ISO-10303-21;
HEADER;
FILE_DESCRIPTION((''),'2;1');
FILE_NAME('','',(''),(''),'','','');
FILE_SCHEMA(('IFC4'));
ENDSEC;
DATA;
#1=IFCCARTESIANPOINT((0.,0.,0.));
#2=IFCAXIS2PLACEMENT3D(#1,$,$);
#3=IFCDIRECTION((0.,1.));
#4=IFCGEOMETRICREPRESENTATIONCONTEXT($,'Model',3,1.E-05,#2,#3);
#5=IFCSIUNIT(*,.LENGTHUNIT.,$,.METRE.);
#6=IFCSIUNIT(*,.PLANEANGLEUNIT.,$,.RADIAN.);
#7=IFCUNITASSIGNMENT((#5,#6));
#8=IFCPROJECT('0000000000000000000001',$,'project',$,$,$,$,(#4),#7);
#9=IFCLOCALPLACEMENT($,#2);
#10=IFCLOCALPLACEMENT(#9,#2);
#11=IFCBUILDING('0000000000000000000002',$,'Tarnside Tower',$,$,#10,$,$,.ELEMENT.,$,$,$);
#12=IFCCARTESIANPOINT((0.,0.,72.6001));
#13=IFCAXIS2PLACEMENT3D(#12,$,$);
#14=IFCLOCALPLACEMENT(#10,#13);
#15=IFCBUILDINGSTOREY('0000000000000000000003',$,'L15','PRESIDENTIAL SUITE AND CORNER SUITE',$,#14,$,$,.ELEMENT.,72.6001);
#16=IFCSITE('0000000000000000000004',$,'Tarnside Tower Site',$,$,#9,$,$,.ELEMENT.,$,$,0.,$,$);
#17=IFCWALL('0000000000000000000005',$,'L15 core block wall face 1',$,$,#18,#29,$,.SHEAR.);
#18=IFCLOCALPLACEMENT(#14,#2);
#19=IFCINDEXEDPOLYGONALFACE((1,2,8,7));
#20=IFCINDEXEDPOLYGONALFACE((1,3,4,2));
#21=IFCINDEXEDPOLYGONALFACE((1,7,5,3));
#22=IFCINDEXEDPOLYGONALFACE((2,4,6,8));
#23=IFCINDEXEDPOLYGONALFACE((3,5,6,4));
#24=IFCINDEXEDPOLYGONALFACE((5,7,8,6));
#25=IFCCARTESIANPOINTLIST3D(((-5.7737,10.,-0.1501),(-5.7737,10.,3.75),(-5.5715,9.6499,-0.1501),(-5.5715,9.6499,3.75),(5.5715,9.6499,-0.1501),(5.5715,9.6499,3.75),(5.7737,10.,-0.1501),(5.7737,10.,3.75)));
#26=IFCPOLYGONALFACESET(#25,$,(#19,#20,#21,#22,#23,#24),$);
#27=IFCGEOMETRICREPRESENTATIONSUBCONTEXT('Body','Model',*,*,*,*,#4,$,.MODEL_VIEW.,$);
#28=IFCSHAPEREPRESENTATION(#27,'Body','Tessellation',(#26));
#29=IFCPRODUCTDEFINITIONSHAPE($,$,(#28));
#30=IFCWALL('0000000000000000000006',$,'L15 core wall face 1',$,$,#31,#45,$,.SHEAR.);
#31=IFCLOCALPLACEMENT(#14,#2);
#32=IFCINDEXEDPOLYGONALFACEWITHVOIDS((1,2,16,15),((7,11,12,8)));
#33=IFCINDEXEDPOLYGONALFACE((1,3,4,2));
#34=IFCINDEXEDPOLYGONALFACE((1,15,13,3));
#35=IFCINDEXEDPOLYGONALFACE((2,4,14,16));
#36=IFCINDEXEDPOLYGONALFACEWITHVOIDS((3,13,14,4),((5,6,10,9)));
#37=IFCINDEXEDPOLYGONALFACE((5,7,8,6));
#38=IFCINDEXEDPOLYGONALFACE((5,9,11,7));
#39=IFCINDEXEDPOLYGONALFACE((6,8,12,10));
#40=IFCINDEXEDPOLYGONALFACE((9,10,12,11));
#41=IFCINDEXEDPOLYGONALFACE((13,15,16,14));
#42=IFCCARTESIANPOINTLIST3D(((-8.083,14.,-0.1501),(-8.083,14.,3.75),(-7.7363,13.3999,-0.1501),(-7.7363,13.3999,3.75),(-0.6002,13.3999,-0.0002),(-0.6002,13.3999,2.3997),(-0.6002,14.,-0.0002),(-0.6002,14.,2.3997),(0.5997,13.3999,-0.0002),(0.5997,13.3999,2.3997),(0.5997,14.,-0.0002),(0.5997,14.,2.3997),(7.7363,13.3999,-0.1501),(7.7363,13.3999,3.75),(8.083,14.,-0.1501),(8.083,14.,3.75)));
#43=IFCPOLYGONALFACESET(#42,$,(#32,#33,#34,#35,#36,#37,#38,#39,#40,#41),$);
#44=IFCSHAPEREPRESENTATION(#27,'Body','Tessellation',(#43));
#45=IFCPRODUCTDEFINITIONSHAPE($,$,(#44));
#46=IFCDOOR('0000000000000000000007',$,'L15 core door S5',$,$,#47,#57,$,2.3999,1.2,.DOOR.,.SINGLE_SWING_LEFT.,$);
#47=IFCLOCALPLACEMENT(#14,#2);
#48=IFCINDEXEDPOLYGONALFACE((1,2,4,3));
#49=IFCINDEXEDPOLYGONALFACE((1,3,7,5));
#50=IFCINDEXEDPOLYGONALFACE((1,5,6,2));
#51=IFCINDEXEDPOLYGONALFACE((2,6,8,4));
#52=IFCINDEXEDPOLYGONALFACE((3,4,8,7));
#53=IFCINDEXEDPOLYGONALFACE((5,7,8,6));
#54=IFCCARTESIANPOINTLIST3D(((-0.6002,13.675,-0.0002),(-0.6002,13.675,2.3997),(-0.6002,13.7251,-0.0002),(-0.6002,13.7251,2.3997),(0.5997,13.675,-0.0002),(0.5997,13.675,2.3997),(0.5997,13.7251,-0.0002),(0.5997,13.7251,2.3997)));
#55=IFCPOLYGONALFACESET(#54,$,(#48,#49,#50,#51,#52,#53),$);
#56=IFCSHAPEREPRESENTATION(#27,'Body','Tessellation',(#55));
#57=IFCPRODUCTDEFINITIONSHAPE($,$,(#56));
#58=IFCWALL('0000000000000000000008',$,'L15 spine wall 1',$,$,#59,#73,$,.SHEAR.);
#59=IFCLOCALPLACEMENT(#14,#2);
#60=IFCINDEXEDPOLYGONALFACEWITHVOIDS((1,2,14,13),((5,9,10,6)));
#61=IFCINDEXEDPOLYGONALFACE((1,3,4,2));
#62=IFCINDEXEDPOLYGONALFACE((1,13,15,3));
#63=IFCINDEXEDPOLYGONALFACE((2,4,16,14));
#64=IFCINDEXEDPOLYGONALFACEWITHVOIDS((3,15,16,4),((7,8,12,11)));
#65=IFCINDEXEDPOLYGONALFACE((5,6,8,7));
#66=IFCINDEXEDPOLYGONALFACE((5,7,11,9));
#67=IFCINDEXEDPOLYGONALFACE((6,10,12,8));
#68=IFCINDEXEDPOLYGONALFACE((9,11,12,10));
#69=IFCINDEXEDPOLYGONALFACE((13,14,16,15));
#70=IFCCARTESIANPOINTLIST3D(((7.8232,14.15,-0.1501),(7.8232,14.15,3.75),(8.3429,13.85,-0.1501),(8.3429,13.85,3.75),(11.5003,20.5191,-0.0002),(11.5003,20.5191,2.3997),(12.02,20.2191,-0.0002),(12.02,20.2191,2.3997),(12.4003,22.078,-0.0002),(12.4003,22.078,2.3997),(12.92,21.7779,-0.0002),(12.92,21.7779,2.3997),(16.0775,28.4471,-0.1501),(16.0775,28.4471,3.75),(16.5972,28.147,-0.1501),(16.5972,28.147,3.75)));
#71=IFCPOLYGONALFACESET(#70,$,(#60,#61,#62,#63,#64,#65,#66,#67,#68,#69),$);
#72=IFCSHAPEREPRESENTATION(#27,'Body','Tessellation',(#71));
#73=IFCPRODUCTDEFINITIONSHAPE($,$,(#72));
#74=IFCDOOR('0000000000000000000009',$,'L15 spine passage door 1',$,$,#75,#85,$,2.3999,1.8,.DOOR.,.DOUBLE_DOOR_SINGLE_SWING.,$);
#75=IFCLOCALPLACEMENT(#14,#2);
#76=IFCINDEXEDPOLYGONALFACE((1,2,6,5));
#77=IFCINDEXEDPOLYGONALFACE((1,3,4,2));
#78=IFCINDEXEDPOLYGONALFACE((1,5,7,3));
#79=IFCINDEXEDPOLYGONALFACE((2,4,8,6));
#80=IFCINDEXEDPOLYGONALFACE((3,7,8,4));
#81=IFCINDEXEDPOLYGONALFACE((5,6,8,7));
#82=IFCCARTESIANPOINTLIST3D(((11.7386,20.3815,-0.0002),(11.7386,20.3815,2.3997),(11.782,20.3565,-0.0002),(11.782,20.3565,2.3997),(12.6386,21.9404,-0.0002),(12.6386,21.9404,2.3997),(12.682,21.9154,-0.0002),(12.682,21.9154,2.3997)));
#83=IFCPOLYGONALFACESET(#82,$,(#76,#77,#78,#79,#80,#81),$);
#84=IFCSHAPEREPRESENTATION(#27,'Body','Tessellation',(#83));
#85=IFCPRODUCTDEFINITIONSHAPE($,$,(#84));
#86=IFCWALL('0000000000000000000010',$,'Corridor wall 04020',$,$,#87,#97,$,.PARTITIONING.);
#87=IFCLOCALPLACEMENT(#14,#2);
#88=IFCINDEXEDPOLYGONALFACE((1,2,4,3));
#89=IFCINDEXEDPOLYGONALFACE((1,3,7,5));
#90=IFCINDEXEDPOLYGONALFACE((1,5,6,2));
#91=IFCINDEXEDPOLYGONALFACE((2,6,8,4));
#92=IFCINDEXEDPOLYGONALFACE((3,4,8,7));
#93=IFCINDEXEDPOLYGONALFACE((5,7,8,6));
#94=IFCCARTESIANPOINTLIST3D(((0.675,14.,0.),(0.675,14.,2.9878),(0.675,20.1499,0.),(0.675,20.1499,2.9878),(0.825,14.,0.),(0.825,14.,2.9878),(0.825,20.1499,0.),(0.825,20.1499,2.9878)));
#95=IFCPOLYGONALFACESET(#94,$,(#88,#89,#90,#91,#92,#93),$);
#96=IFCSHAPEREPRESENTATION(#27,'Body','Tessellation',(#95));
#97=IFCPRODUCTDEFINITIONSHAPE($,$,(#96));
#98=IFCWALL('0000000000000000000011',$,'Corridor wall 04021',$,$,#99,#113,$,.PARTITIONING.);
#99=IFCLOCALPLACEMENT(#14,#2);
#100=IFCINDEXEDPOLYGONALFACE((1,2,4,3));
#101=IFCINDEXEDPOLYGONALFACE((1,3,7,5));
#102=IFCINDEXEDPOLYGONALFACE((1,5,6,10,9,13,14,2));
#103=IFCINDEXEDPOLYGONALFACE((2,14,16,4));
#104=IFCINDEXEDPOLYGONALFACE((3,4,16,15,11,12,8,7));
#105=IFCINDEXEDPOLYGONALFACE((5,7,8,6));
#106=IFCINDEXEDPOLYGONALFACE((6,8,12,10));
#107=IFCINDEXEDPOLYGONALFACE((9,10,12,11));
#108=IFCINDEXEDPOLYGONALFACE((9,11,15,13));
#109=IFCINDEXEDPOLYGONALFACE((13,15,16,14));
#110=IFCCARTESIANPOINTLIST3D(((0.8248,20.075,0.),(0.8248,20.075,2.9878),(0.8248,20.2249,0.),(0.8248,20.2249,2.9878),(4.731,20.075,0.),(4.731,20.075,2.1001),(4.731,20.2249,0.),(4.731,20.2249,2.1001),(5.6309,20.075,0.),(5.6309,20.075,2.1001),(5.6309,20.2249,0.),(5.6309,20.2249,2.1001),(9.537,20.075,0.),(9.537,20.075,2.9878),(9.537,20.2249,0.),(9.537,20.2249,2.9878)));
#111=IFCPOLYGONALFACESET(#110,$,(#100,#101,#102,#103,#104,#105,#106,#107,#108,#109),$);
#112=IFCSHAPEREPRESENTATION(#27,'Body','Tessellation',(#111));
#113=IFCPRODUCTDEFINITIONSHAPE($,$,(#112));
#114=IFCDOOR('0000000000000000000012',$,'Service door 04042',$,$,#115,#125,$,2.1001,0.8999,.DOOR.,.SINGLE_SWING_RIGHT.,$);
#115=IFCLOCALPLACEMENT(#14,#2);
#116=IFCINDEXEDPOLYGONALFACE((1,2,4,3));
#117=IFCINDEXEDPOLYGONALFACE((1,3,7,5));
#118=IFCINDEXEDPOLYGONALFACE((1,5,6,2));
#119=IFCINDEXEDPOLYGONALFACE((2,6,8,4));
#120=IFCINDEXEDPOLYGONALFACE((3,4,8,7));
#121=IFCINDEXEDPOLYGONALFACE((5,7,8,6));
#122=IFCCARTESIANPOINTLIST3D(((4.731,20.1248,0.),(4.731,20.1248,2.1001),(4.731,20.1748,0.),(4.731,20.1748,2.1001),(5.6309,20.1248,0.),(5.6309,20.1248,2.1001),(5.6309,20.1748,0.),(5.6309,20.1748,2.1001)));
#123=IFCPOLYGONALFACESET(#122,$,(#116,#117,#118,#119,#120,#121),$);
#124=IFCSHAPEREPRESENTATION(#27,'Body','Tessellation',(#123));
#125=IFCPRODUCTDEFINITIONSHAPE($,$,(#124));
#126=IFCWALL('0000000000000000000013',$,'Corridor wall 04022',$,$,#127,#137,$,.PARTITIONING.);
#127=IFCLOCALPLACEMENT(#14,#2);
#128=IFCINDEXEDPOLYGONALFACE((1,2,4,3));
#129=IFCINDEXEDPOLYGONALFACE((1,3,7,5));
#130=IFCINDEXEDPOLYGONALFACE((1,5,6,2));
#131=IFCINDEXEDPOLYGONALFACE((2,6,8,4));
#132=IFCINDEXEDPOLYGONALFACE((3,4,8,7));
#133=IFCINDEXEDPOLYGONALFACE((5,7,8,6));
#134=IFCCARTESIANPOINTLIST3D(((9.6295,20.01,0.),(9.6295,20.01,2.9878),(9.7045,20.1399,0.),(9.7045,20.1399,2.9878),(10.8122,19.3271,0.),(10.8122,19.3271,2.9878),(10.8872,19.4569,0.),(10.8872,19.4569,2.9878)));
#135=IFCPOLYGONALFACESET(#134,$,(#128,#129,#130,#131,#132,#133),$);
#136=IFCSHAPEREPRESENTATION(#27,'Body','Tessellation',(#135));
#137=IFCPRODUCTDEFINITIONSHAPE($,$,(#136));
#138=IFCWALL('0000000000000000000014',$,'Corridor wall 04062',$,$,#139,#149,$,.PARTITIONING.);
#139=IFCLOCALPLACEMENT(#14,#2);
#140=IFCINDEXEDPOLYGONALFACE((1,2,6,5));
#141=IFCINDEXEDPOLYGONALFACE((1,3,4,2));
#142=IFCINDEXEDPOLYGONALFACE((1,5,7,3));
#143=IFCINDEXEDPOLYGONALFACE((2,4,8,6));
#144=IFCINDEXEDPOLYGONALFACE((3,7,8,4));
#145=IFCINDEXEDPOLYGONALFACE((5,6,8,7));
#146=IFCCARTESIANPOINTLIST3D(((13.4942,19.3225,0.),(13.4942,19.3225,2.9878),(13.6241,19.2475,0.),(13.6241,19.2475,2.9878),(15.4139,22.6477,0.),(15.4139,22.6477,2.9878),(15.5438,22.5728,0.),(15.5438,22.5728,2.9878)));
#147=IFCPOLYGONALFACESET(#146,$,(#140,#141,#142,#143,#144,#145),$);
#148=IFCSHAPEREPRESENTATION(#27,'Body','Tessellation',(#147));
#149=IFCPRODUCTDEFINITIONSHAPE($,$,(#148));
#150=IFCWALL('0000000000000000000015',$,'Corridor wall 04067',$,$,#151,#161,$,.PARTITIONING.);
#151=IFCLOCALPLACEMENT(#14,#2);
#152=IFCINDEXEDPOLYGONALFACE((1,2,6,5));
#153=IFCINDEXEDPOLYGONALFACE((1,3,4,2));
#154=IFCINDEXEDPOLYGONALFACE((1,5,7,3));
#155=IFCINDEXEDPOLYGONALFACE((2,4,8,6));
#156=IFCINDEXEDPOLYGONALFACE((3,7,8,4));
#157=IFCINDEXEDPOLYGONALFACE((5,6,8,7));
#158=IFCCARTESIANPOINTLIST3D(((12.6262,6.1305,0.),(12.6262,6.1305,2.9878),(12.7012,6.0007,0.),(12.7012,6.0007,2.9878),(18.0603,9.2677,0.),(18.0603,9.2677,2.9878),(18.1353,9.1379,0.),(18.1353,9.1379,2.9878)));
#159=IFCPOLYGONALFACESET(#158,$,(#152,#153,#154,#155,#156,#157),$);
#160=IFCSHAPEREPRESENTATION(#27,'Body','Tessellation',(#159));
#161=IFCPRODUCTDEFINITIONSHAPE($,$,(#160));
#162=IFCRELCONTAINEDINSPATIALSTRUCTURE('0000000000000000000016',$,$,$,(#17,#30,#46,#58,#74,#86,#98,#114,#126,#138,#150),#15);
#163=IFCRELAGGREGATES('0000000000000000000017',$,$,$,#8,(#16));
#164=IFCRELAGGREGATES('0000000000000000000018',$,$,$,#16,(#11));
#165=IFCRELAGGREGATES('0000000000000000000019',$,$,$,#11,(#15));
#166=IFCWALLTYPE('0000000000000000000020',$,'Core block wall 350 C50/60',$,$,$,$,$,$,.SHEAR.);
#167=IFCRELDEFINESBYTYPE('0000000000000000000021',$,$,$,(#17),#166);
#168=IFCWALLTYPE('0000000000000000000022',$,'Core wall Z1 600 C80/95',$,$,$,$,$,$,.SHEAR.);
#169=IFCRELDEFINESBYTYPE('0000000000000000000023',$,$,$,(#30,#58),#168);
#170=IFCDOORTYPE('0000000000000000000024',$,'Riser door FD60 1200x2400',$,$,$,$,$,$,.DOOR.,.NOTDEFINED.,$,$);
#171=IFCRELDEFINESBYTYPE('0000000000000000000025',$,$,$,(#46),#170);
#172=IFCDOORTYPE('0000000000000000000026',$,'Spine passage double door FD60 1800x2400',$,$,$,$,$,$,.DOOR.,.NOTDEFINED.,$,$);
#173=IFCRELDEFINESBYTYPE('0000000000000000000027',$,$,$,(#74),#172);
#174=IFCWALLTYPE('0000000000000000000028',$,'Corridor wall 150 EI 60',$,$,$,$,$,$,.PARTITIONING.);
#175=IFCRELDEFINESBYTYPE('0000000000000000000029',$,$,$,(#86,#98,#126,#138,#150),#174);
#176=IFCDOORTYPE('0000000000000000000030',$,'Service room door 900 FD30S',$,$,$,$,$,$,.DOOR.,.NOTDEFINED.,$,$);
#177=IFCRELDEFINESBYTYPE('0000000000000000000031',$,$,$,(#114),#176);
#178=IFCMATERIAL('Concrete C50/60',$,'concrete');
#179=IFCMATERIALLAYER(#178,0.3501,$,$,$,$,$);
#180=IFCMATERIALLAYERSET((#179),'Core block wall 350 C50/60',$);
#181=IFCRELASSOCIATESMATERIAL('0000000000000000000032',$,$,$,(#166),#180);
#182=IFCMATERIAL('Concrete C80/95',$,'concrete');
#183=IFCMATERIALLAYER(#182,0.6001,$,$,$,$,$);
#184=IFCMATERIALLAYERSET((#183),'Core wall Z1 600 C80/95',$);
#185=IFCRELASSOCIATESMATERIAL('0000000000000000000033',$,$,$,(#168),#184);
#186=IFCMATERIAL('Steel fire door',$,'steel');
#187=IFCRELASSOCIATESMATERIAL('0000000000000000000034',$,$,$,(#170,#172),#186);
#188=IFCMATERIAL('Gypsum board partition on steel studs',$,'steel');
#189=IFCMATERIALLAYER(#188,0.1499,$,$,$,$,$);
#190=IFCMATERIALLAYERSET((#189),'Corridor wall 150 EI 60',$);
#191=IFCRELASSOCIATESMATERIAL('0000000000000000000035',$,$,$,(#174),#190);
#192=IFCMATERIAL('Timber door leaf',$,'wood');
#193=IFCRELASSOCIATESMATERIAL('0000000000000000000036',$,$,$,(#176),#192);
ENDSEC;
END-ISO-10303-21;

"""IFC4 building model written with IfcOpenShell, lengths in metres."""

from ifc_helpers import new_model, si_unit, direction, frame, frame_2d, origin, place, context, subcontext, project, spatial, polyline, rectangle, outline, extrude, material, layer, layer_set, type_object, element, fill, save


model = new_model("IFC4")

# Units and contexts
model_context = context("Model", 3, precision=1e-05, world=origin(), true_north=direction((0.0, 1.0)))
body_context = subcontext(model_context, "Body", "Model", "MODEL_VIEW")
ifc_project = project(units=[si_unit("LENGTHUNIT", "METRE"), si_unit("PLANEANGLEUNIT", "RADIAN")], contexts=[model_context])

# Site, building, storey
site_placement = place(None, origin())
site = spatial("IfcSite", under=ifc_project, at=site_placement, Name="Tarnside Tower Site", CompositionType="ELEMENT", RefElevation=0.0)
building_placement = place(site_placement, origin())
building = spatial("IfcBuilding", under=site, at=building_placement, Name="Tarnside Tower", CompositionType="ELEMENT")
storey_placement = place(building_placement, frame((0.0, 0.0, 72.6001)))
storey = spatial("IfcBuildingStorey", under=building, at=storey_placement, Name="L15", Description="PRESIDENTIAL SUITE AND CORNER SUITE", CompositionType="ELEMENT", Elevation=72.6001)

# Wall
ifc_material_1 = material(Name="Concrete C50/60", Category="concrete")
ifc_layer_1 = layer(ifc_material_1, 0.3501)
ifc_layer_set_1 = layer_set([ifc_layer_1], Name="Core block wall 350 C50/60")
wall_type_1 = type_object("IfcWallType", Name="Core block wall 350 C50/60", PredefinedType="SHEAR", material=ifc_layer_set_1)
wall_1_placement = place(storey_placement, frame((5.6726, 9.825, -0.1501), z_axis=(0.0, 0.0, 1.0), x_axis=(-1.0, 0.0, 0.0)))
element("IfcWall", 1, at=wall_1_placement, inside=storey, type_object=wall_type_1, Name="L15 core block wall face 1", PredefinedType="SHEAR", context=body_context, shape_type="SweptSolid", body=[
    extrude(outline(polyline([(-0.1011, -0.175), (11.4463, -0.175), (11.2441, 0.175), (0.1011, 0.175), (-0.1011, -0.175)])), origin(), (0.0, 0.0, 1.0), 3.9001),
])

# Walls, openings, doors
ifc_material_2 = material(Name="Concrete C80/95", Category="concrete")
ifc_layer_2 = layer(ifc_material_2, 0.6001)
ifc_layer_set_2 = layer_set([ifc_layer_2], Name="Core wall Z1 600 C80/95")
wall_type_2 = type_object("IfcWallType", Name="Core wall Z1 600 C80/95", PredefinedType="SHEAR", material=ifc_layer_set_2)
wall_2_placement = place(storey_placement, frame((7.9097, 13.7, -0.1501), z_axis=(0.0, 0.0, 1.0), x_axis=(-1.0, 0.0, 0.0)))
wall_2 = element("IfcWall", 2, at=wall_2_placement, inside=storey, type_object=wall_type_2, Name="L15 core wall face 1", PredefinedType="SHEAR", context=body_context, shape_type="SweptSolid", body=[
    extrude(outline(polyline([(-0.1733, -0.3), (15.9927, -0.3), (15.646, 0.3), (0.1733, 0.3), (-0.1733, -0.3)])), origin(), (0.0, 0.0, 1.0), 3.9001),
])
opening_1_placement = place(wall_2_placement, frame((7.3098, 0.0, 0.1499)))
opening_1 = element("IfcOpeningElement", 3, at=opening_1_placement, cuts=wall_2, PredefinedType="OPENING", context=body_context, shape_type="SweptSolid", body=[
    extrude(rectangle(XDim=1.2, YDim=2.3999, at=frame_2d((0.6001, 1.2))), frame((0.0, 0.3101, 0.0), z_axis=(0.0, -1.0, 0.0), x_axis=(1.0, 0.0, 0.0)), (0.0, 0.0, 1.0), 0.6201),
])
ifc_material_3 = material(Name="Steel fire door", Category="steel")
door_type_1 = type_object("IfcDoorType", Name="Riser door FD60 1200x2400", OperationType="NOTDEFINED", PredefinedType="DOOR", material=ifc_material_3)
door_1_placement = place(opening_1_placement, origin())
door_1 = element("IfcDoor", 4, at=door_1_placement, inside=storey, type_object=door_type_1, Name="L15 core door S5", OperationType="SINGLE_SWING_LEFT", OverallHeight=2.3999, OverallWidth=1.2, PredefinedType="DOOR", context=body_context, shape_type="SweptSolid", body=[
    extrude(rectangle(XDim=1.2, YDim=2.3999, at=frame_2d((0.6001, 1.2))), frame((0.0, 0.0249, 0.0), z_axis=(0.0, -1.0, 0.0), x_axis=(1.0, 0.0, 0.0)), (0.0, 0.0, 1.0), 0.05),
])
fill(opening_1, door_1)
wall_3_placement = place(storey_placement, frame((8.083, 14.0, -0.1501), z_axis=(0.0, 0.0, 1.0), x_axis=(0.499998, 0.866027, 0.0)))
wall_3 = element("IfcWall", 5, at=wall_3_placement, inside=storey, type_object=wall_type_2, Name="L15 spine wall 1", PredefinedType="SHEAR", context=body_context, shape_type="SweptSolid", body=[
    extrude(rectangle(XDim=16.5088, YDim=0.6001, at=frame_2d((8.2544, 0.0))), origin(), (0.0, 0.0, 1.0), 3.9001),
])
opening_2_placement = place(wall_3_placement, frame((7.3545, 0.0, 0.1499)))
opening_2 = element("IfcOpeningElement", 6, at=opening_2_placement, cuts=wall_3, PredefinedType="OPENING", context=body_context, shape_type="SweptSolid", body=[
    extrude(rectangle(XDim=1.8, YDim=2.3999, at=frame_2d((0.8999, 1.2))), frame((0.0, 0.3101, 0.0), z_axis=(0.0, -1.0, 0.0), x_axis=(1.0, 0.0, 0.0)), (0.0, 0.0, 1.0), 0.6201),
])
door_type_2 = type_object("IfcDoorType", Name="Spine passage double door FD60 1800x2400", OperationType="NOTDEFINED", PredefinedType="DOOR", material=ifc_material_3)
door_2_placement = place(opening_2_placement, origin())
door_2 = element("IfcDoor", 7, at=door_2_placement, inside=storey, type_object=door_type_2, Name="L15 spine passage door 1", OperationType="DOUBLE_DOOR_SINGLE_SWING", OverallHeight=2.3999, OverallWidth=1.8, PredefinedType="DOOR", context=body_context, shape_type="SweptSolid", body=[
    extrude(rectangle(XDim=1.8, YDim=2.3999, at=frame_2d((0.8999, 1.2))), frame((0.0, 0.0249, 0.0), z_axis=(0.0, -1.0, 0.0), x_axis=(1.0, 0.0, 0.0)), (0.0, 0.0, 1.0), 0.05),
])
fill(opening_2, door_2)

# Wall
ifc_material_4 = material(Name="Gypsum board partition on steel studs", Category="steel")
ifc_layer_3 = layer(ifc_material_4, 0.1499)
ifc_layer_set_3 = layer_set([ifc_layer_3], Name="Corridor wall 150 EI 60")
wall_type_3 = type_object("IfcWallType", Name="Corridor wall 150 EI 60", PredefinedType="PARTITIONING", material=ifc_layer_set_3)
wall_4_placement = place(storey_placement, frame((0.75, 14.0, 0.0), z_axis=(0.0, 0.0, 1.0), x_axis=(0.0, 1.0, 0.0)))
element("IfcWall", 8, at=wall_4_placement, inside=storey, type_object=wall_type_3, Name="Corridor wall 04020", PredefinedType="PARTITIONING", context=body_context, shape_type="SweptSolid", body=[
    extrude(rectangle(XDim=6.1499, YDim=0.1499, at=frame_2d((3.075, 0.0))), origin(), (0.0, 0.0, 1.0), 2.9878),
])

# Wall, opening, door
wall_5_placement = place(storey_placement, frame((0.825, 20.1499, 0.0), z_axis=(0.0, 0.0, 1.0), x_axis=(1.0, 0.0, 0.0)))
wall_5 = element("IfcWall", 9, at=wall_5_placement, inside=storey, type_object=wall_type_3, Name="Corridor wall 04021", PredefinedType="PARTITIONING", context=body_context, shape_type="SweptSolid", body=[
    extrude(rectangle(XDim=8.7122, YDim=0.1499, at=frame_2d((4.356, 0.0))), origin(), (0.0, 0.0, 1.0), 2.9878),
])
opening_3_placement = place(wall_5_placement, frame((3.906, 0.0, 0.0)))
opening_3 = element("IfcOpeningElement", 10, at=opening_3_placement, cuts=wall_5, PredefinedType="OPENING", context=body_context, shape_type="SweptSolid", body=[
    extrude(rectangle(XDim=0.8999, YDim=2.1001, at=frame_2d((0.45, 1.05))), frame((0.0, 0.085, 0.0), z_axis=(0.0, -1.0, 0.0), x_axis=(1.0, 0.0, 0.0)), (0.0, 0.0, 1.0), 0.1699),
])
ifc_material_5 = material(Name="Timber door leaf", Category="wood")
door_type_3 = type_object("IfcDoorType", Name="Service room door 900 FD30S", OperationType="NOTDEFINED", PredefinedType="DOOR", material=ifc_material_5)
door_3_placement = place(opening_3_placement, origin())
door_3 = element("IfcDoor", 11, at=door_3_placement, inside=storey, type_object=door_type_3, Name="Service door 04042", OperationType="SINGLE_SWING_RIGHT", OverallHeight=2.1001, OverallWidth=0.8999, PredefinedType="DOOR", context=body_context, shape_type="SweptSolid", body=[
    extrude(rectangle(XDim=0.8999, YDim=2.1001, at=frame_2d((0.45, 1.05))), frame((0.0, 0.0249, 0.0), z_axis=(0.0, -1.0, 0.0), x_axis=(1.0, 0.0, 0.0)), (0.0, 0.0, 1.0), 0.05),
])
fill(opening_3, door_3)

# Walls
wall_6_placement = place(storey_placement, frame((9.667, 20.075, 0.0), z_axis=(0.0, 0.0, 1.0), x_axis=(0.866001, -0.500042, 0.0)))
element("IfcWall", 12, at=wall_6_placement, inside=storey, type_object=wall_type_3, Name="Corridor wall 04022", PredefinedType="PARTITIONING", context=body_context, shape_type="SweptSolid", body=[
    extrude(rectangle(XDim=1.3657, YDim=0.1499, at=frame_2d((0.6829, 0.0))), origin(), (0.0, 0.0, 1.0), 2.9878),
])
wall_7_placement = place(storey_placement, frame((13.5591, 19.2849, 0.0), z_axis=(0.0, 0.0, 1.0), x_axis=(0.499976, 0.866039, 0.0)))
element("IfcWall", 13, at=wall_7_placement, inside=storey, type_object=wall_type_3, Name="Corridor wall 04062", PredefinedType="PARTITIONING", context=body_context, shape_type="SweptSolid", body=[
    extrude(rectangle(XDim=3.8396, YDim=0.1499, at=frame_2d((1.9199, 0.0))), origin(), (0.0, 0.0, 1.0), 2.9878),
])
wall_8_placement = place(storey_placement, frame((12.6638, 6.0657, 0.0), z_axis=(0.0, 0.0, 1.0), x_axis=(0.866037, 0.499981, 0.0)))
element("IfcWall", 14, at=wall_8_placement, inside=storey, type_object=wall_type_3, Name="Corridor wall 04067", PredefinedType="PARTITIONING", context=body_context, shape_type="SweptSolid", body=[
    extrude(rectangle(XDim=6.2747, YDim=0.1499, at=frame_2d((3.1372, 0.0))), origin(), (0.0, 0.0, 1.0), 2.9878),
])

save(model, "model.ifc")
